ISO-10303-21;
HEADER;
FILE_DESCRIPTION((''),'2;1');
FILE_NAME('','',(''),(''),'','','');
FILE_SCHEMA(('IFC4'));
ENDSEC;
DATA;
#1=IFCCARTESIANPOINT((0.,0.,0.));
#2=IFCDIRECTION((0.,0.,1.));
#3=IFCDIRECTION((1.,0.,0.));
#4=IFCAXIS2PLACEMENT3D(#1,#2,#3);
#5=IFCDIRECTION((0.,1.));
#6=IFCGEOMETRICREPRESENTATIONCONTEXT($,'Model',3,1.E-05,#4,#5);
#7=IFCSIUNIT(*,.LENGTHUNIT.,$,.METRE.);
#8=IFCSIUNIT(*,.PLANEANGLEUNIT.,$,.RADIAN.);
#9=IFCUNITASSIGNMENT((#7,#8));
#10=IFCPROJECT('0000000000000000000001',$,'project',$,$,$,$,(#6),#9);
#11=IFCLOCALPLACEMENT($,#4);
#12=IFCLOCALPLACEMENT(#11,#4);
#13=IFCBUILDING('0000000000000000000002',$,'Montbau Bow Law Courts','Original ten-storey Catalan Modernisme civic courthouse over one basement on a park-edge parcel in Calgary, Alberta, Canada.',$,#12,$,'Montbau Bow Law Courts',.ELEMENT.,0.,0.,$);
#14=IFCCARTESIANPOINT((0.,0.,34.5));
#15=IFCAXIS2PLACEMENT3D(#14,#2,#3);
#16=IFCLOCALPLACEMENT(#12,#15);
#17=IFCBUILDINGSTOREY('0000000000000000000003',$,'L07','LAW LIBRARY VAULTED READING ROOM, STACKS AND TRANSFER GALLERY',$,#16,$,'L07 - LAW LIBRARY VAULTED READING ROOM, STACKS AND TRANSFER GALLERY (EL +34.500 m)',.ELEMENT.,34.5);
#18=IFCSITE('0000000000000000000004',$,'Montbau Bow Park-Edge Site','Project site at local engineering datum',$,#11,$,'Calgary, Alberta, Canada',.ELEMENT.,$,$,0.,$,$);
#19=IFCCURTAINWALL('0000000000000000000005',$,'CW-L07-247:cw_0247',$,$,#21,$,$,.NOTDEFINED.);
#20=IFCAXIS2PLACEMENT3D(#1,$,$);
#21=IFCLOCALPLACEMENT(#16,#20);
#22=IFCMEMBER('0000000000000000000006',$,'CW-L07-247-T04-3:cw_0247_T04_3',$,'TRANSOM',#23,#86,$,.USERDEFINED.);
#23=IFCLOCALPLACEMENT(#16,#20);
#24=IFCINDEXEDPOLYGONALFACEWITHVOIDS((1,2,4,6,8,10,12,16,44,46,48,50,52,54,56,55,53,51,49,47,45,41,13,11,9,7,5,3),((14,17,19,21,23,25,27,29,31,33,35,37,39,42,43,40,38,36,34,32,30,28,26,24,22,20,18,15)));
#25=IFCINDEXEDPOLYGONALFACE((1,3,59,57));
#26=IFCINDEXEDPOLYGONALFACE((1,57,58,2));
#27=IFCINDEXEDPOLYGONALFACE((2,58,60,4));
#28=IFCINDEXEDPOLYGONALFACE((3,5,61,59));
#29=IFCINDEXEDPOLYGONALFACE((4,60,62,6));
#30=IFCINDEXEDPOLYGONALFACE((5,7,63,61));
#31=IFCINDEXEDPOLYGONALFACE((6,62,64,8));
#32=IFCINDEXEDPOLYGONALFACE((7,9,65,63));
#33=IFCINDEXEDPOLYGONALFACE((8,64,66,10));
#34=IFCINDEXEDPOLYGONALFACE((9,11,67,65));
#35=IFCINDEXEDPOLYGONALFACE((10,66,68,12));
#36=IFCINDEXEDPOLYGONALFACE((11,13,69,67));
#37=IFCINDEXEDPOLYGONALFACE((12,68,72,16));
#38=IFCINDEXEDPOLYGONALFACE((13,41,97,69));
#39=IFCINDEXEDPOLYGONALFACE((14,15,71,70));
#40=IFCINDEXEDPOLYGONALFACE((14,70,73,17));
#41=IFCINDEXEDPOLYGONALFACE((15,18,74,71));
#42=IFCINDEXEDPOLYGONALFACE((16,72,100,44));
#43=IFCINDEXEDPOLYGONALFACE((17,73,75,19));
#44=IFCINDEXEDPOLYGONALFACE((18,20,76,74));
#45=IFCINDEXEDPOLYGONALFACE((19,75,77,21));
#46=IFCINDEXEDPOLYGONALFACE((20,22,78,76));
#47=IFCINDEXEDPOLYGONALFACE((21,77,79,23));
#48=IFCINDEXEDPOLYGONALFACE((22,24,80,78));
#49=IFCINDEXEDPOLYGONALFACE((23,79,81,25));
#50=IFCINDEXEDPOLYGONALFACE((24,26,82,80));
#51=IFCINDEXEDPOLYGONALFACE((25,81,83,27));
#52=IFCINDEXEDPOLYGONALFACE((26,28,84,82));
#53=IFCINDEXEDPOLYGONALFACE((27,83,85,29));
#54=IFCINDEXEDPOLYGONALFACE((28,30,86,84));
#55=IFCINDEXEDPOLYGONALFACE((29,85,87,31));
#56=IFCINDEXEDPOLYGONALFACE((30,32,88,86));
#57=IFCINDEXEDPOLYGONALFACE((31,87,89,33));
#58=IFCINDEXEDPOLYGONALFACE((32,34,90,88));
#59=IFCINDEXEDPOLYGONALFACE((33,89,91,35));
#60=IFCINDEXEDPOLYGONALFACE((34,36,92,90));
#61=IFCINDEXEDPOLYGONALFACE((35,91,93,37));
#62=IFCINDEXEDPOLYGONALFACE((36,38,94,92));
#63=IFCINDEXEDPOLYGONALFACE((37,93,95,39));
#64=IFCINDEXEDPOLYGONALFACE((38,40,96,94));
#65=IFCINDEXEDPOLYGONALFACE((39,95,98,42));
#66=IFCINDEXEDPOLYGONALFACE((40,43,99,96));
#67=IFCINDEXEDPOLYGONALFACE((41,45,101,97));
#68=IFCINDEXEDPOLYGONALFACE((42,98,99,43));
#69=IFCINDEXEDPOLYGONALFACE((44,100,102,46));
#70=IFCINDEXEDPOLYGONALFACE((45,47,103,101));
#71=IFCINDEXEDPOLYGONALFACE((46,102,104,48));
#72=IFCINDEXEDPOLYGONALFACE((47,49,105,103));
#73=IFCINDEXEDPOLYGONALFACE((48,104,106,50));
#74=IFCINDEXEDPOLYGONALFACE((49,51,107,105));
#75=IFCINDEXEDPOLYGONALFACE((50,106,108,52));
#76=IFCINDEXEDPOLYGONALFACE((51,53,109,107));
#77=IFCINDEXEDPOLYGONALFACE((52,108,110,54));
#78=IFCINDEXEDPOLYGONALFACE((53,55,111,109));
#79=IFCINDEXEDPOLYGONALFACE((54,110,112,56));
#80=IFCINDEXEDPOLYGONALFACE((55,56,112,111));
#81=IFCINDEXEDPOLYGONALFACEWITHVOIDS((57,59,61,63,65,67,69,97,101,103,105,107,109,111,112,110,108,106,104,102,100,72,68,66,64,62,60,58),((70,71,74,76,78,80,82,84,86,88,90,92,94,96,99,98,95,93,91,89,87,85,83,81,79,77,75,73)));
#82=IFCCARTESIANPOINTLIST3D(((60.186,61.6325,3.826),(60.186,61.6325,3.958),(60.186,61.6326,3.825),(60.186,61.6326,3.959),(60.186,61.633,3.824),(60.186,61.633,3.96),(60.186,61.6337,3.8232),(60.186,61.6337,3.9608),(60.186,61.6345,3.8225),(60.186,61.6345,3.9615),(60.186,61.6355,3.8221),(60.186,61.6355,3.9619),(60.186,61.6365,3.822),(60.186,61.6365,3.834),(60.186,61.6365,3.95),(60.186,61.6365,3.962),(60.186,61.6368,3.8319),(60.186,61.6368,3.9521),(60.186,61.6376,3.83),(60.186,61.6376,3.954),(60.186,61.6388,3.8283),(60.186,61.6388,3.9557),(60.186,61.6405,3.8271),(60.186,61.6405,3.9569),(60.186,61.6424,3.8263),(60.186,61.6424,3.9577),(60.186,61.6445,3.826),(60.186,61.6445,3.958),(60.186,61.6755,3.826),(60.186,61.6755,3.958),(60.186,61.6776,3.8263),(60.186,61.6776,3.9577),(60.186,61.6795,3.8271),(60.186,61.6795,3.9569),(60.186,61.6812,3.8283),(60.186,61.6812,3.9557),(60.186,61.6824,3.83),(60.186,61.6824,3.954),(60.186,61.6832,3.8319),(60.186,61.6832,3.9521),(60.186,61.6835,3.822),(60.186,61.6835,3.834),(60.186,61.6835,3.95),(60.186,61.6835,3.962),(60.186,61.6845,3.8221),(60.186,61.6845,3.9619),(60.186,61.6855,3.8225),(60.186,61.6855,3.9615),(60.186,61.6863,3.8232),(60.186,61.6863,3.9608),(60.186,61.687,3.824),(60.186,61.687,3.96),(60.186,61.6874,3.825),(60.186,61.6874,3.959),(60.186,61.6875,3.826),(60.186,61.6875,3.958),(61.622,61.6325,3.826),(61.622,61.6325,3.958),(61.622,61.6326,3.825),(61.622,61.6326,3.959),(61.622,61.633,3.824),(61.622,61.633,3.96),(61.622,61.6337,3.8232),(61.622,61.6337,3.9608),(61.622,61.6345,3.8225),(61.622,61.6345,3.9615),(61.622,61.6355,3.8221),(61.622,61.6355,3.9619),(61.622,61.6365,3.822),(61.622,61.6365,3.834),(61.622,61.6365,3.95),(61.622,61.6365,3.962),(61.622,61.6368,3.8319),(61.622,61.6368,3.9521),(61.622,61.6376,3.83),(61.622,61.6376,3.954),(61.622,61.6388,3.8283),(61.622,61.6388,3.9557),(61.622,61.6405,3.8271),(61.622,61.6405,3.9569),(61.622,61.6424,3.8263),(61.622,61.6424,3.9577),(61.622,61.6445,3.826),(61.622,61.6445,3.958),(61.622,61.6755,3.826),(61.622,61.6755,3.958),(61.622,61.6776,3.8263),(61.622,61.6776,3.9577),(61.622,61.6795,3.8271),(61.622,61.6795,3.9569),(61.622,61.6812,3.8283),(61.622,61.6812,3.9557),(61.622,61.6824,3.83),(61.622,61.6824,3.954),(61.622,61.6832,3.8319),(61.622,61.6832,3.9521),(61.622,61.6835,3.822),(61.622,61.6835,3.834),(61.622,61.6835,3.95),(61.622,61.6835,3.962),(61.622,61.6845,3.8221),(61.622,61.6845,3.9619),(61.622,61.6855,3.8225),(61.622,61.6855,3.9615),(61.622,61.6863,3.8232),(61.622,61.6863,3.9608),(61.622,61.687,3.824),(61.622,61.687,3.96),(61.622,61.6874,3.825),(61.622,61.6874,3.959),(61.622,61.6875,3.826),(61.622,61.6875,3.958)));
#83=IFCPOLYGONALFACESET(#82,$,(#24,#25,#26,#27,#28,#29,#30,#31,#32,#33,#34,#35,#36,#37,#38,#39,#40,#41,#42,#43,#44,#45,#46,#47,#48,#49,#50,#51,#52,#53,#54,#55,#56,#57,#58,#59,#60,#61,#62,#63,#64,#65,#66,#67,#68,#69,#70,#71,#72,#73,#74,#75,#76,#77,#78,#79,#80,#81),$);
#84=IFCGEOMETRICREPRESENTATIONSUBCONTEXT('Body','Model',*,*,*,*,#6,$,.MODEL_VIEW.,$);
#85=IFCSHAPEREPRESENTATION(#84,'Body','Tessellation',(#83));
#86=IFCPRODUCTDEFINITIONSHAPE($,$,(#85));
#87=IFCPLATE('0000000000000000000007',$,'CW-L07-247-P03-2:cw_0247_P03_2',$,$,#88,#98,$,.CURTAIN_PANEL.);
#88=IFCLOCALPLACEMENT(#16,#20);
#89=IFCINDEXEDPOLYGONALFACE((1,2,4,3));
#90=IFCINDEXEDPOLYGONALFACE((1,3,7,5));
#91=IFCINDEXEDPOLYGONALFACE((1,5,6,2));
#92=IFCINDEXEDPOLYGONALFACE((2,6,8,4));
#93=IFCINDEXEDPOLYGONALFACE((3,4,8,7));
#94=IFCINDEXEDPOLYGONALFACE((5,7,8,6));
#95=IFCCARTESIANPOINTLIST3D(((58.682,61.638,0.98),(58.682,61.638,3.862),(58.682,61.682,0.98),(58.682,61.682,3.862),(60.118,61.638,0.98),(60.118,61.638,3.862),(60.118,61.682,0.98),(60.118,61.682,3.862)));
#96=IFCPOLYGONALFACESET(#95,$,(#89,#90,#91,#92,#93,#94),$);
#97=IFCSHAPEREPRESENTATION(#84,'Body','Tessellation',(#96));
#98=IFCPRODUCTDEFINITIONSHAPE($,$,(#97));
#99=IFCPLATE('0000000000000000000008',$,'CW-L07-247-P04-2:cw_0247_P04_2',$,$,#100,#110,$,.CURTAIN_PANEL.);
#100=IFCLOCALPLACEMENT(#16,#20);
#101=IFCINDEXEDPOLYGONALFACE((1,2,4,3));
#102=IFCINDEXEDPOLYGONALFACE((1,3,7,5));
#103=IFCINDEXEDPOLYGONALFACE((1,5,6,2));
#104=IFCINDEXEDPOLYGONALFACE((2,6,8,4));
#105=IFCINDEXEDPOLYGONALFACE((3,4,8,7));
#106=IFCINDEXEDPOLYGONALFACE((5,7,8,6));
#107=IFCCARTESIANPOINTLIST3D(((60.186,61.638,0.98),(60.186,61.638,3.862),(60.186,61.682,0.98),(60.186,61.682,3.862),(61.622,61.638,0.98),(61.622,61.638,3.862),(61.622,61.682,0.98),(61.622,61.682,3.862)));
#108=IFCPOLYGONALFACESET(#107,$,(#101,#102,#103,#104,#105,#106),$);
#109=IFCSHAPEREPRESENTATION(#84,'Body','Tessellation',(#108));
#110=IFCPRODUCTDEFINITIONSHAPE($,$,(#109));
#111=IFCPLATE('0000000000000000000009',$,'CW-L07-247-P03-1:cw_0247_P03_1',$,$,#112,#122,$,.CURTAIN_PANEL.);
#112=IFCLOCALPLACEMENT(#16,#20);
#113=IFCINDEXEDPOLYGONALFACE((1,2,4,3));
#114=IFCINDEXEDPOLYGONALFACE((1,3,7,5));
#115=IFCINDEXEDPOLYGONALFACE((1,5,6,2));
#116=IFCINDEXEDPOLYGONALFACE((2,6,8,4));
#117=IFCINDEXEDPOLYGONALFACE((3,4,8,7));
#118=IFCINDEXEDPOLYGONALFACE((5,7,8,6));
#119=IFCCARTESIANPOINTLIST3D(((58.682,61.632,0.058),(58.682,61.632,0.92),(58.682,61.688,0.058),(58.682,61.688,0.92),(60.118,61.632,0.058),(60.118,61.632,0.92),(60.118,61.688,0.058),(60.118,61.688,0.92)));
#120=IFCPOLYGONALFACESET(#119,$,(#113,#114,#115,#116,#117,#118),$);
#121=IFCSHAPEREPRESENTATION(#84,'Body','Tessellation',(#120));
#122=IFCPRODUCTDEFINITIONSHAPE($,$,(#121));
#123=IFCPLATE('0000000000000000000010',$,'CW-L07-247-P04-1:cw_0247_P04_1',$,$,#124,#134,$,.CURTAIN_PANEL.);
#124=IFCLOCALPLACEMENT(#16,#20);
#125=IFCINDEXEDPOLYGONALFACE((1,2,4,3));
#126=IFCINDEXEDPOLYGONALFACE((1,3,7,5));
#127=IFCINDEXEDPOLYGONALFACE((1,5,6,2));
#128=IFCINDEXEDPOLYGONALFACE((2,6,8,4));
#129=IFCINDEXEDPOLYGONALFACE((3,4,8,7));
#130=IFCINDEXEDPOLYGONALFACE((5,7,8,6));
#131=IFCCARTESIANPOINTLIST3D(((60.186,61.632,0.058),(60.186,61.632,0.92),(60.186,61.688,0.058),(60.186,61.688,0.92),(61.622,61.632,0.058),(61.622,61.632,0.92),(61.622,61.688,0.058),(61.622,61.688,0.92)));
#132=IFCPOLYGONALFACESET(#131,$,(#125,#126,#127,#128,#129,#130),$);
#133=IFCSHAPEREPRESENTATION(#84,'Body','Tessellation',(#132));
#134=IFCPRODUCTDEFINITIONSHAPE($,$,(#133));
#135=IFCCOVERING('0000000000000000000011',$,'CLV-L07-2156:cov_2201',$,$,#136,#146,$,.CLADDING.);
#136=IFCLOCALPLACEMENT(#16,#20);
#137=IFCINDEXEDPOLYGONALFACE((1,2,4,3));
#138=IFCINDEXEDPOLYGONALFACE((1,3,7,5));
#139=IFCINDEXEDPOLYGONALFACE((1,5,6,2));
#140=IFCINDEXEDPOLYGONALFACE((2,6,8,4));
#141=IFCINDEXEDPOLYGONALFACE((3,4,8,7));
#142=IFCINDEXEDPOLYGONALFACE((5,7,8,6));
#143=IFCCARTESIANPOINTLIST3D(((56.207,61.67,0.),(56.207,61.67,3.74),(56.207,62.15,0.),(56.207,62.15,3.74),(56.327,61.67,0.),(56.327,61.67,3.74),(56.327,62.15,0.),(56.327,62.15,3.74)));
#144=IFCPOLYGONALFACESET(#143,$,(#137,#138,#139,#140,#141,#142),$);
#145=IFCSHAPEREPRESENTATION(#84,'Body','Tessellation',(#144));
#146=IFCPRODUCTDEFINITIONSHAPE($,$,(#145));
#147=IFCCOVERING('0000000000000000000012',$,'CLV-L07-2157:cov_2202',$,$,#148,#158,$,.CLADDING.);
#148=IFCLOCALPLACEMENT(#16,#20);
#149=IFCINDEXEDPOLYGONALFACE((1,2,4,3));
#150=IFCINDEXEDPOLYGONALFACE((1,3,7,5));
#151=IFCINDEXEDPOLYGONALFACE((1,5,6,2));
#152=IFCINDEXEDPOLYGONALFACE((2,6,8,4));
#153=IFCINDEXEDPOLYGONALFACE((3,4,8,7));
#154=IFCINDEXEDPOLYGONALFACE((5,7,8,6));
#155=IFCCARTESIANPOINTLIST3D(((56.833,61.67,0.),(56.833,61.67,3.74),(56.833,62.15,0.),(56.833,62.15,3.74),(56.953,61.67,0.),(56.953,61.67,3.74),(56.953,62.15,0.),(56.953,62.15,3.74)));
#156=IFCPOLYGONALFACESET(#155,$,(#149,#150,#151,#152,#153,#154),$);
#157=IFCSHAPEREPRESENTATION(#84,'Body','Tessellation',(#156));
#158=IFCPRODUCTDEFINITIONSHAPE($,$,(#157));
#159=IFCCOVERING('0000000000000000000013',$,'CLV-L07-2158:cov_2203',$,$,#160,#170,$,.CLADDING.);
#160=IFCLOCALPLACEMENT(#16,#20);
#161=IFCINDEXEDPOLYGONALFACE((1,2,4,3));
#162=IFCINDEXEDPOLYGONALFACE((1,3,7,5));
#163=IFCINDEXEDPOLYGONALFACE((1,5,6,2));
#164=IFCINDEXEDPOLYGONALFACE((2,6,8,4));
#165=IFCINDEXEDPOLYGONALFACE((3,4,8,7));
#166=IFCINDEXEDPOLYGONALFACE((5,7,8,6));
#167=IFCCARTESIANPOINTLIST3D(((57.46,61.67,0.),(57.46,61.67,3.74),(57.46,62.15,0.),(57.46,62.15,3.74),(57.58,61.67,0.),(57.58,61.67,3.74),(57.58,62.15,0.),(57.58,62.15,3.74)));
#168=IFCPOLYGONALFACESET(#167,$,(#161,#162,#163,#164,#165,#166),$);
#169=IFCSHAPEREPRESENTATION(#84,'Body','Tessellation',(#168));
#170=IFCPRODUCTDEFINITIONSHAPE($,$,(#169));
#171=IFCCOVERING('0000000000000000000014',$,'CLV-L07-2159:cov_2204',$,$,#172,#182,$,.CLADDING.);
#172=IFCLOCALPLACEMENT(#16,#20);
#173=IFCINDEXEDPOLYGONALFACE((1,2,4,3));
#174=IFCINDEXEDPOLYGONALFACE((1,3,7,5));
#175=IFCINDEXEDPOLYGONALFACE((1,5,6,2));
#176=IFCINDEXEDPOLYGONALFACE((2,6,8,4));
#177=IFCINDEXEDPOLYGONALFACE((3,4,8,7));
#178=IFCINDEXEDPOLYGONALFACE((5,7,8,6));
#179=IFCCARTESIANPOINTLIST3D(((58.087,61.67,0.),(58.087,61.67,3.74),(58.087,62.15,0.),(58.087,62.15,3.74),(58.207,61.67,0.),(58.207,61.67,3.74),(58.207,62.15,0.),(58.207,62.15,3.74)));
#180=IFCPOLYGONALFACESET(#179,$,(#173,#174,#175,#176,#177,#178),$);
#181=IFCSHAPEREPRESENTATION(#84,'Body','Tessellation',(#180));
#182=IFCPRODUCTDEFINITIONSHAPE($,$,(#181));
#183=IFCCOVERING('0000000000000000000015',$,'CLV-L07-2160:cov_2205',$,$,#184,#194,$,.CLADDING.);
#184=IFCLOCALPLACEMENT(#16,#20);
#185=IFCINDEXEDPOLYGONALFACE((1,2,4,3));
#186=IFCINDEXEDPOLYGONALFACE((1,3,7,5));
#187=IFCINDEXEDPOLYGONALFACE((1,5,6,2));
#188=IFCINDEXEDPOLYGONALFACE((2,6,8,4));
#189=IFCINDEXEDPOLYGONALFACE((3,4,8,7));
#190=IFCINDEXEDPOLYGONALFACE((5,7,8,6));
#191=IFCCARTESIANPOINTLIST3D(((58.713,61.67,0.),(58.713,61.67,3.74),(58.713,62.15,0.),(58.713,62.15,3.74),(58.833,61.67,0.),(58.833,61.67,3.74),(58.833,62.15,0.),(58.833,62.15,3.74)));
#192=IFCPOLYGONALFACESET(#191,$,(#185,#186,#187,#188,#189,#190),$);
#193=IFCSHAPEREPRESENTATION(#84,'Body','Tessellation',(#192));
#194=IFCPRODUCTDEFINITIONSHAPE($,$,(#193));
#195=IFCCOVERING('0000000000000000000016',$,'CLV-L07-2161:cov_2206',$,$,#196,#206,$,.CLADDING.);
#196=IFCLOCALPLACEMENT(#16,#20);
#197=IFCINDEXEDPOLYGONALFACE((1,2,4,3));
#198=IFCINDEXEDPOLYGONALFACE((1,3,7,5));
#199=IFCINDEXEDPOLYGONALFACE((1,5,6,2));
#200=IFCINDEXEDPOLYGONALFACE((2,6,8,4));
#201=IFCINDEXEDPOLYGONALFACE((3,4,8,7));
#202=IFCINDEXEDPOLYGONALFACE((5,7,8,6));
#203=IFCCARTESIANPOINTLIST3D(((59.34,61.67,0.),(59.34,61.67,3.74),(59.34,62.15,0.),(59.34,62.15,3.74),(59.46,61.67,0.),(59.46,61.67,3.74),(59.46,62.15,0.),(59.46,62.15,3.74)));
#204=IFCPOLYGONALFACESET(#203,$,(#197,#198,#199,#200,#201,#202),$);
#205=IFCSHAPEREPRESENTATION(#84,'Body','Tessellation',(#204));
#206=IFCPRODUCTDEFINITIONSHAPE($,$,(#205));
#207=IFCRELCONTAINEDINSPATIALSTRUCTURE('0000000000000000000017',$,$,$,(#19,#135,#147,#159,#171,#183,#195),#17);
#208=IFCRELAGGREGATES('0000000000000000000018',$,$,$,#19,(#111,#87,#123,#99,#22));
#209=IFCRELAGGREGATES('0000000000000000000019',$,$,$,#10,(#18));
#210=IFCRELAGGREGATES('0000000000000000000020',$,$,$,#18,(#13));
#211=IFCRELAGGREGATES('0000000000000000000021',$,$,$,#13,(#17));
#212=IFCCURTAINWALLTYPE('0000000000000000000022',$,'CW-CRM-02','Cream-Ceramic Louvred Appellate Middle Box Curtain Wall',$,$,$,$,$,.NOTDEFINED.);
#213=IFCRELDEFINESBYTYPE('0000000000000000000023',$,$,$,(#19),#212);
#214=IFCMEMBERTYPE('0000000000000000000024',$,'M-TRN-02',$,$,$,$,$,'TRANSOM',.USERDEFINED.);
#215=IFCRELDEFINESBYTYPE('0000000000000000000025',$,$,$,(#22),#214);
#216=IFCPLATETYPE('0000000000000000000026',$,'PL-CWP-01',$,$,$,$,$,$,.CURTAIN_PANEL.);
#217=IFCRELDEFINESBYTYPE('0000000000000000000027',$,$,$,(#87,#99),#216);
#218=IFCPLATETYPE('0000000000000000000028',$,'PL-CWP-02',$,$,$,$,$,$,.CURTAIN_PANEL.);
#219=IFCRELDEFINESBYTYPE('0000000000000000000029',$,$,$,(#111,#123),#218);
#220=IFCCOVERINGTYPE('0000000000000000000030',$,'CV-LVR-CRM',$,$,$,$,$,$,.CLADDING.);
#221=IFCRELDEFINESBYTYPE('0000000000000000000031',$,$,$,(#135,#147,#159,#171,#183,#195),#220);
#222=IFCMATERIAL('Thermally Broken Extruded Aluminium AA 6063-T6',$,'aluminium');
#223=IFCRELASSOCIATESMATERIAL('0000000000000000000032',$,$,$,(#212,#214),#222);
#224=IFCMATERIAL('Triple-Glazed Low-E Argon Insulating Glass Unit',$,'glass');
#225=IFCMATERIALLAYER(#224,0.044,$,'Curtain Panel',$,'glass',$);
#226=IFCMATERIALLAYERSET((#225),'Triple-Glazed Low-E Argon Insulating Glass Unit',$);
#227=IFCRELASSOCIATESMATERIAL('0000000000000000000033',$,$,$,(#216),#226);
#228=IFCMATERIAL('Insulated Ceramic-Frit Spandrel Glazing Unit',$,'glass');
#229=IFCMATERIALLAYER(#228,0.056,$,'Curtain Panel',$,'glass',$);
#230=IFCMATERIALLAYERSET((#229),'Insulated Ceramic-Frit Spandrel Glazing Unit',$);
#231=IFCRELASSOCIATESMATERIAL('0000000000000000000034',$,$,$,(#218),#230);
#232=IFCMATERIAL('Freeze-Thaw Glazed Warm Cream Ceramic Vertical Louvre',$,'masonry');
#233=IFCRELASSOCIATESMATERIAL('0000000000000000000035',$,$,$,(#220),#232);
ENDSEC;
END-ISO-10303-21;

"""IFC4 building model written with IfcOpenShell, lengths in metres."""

from ifc_helpers import new_model, si_unit, direction, frame, frame_2d, origin_with_axes, origin_2d_with_axis, place, context, subcontext, project, spatial, rectangle, hollow_rectangle, extrude, material, layer, layer_set, material_profile, profile_set, type_object, element, aggregate, save


model = new_model("IFC4")

# Units and contexts
model_context = context("Model", 3, precision=1e-05, world=origin_with_axes(), true_north=direction((0.0, 1.0)))
body_context = subcontext(model_context, "Body", "Model", "MODEL_VIEW")
ifc_project = project(units=[si_unit("LENGTHUNIT", "METRE"), si_unit("PLANEANGLEUNIT", "RADIAN")], contexts=[model_context])

# Site, building, storey
site_placement = place(None, origin_with_axes())
site = spatial("IfcSite", under=ifc_project, at=site_placement, Name="Montbau Bow Park-Edge Site", Description="Project site at local engineering datum", LongName="Calgary, Alberta, Canada", CompositionType="ELEMENT", RefElevation=0.0)
building_placement = place(site_placement, origin_with_axes())
building = spatial("IfcBuilding", under=site, at=building_placement, Name="Montbau Bow Law Courts", Description="Original ten-storey Catalan Modernisme civic courthouse over one basement on a park-edge parcel in Calgary, Alberta, Canada.", LongName="Montbau Bow Law Courts", CompositionType="ELEMENT", ElevationOfRefHeight=0.0, ElevationOfTerrain=0.0)
storey_placement = place(building_placement, frame((0.0, 0.0, 34.5), z_axis=(0.0, 0.0, 1.0), x_axis=(1.0, 0.0, 0.0)))
storey = spatial("IfcBuildingStorey", under=building, at=storey_placement, Name="L07", Description="LAW LIBRARY VAULTED READING ROOM, STACKS AND TRANSFER GALLERY", LongName="L07 - LAW LIBRARY VAULTED READING ROOM, STACKS AND TRANSFER GALLERY (EL +34.500 m)", CompositionType="ELEMENT", Elevation=34.5)

# Curtain wall, member, plates
ifc_material_1 = material(Name="Thermally Broken Extruded Aluminium AA 6063-T6", Category="aluminium")
curtain_wall_type = type_object("IfcCurtainWallType", Name="CW-CRM-02", Description="Cream-Ceramic Louvred Appellate Middle Box Curtain Wall", PredefinedType="NOTDEFINED", material=ifc_material_1)
curtain_wall_placement = place(None, frame((55.64, 61.66, 34.5), z_axis=(0.0, 0.0, 1.0), x_axis=(1.0, 0.0, 0.0)))
curtain_wall = element("IfcCurtainWall", 1, at=curtain_wall_placement, inside=storey, type_object=curtain_wall_type, Name="CW-L07-247:cw_0247", PredefinedType="NOTDEFINED")
ifc_material_profile_1 = material_profile(ifc_material_1, hollow_rectangle(XDim=0.055, YDim=0.14, WallThickness=0.004, InnerFilletRadius=0.008, OuterFilletRadius=0.004, at=origin_2d_with_axis()), Name="CWT-140X55", Category="Main", Priority=0)
ifc_profile_set_1 = profile_set([ifc_material_profile_1], Name="Thermally Broken Extruded Aluminium AA 6063-T6")
member_type_1 = type_object("IfcMemberType", Name="M-TRN-02", ElementType="TRANSOM", PredefinedType="USERDEFINED", material=ifc_profile_set_1)
member_1_placement = place(None, frame((60.186, 61.66, 38.392), z_axis=(1.0, 0.0, 0.0), x_axis=(0.0, 1.0, 0.0)))
member_1 = element("IfcMember", 2, at=member_1_placement, type_object=member_type_1, Name="CW-L07-247-T04-3:cw_0247_T04_3", ObjectType="TRANSOM", PredefinedType="USERDEFINED", context=body_context, shape_type="SweptSolid", body=[
    extrude(hollow_rectangle(XDim=0.055, YDim=0.14, WallThickness=0.004, InnerFilletRadius=0.008, OuterFilletRadius=0.004, at=origin_2d_with_axis()), origin_with_axes(), (0.0, 0.0, 1.0), 1.436),
])
ifc_material_2 = material(Name="Triple-Glazed Low-E Argon Insulating Glass Unit", Category="glass")
ifc_layer_1 = layer(ifc_material_2, 0.044, Name="Curtain Panel", Category="glass")
ifc_layer_set_1 = layer_set([ifc_layer_1], Name="Triple-Glazed Low-E Argon Insulating Glass Unit")
plate_type_1 = type_object("IfcPlateType", Name="PL-CWP-01", PredefinedType="CURTAIN_PANEL", material=ifc_layer_set_1)
plate_1_placement = place(None, frame((58.682, 61.66, 35.48), z_axis=(0.0, -1.0, 0.0), x_axis=(1.0, 0.0, 0.0)))
plate_1 = element("IfcPlate", 3, at=plate_1_placement, type_object=plate_type_1, Name="CW-L07-247-P03-2:cw_0247_P03_2", PredefinedType="CURTAIN_PANEL", context=body_context, shape_type="SweptSolid", body=[
    extrude(rectangle(XDim=1.436, YDim=2.882, at=frame_2d((0.718, 1.441), x_axis=(1.0, 0.0))), frame((0.0, 0.0, -0.022), z_axis=(0.0, 0.0, 1.0), x_axis=(1.0, 0.0, 0.0)), (0.0, 0.0, 1.0), 0.044),
])
plate_2_placement = place(None, frame((60.186, 61.66, 35.48), z_axis=(0.0, -1.0, 0.0), x_axis=(1.0, 0.0, 0.0)))
plate_2 = element("IfcPlate", 4, at=plate_2_placement, type_object=plate_type_1, Name="CW-L07-247-P04-2:cw_0247_P04_2", PredefinedType="CURTAIN_PANEL", context=body_context, shape_type="SweptSolid", body=[
    extrude(rectangle(XDim=1.436, YDim=2.882, at=frame_2d((0.718, 1.441), x_axis=(1.0, 0.0))), frame((0.0, 0.0, -0.022), z_axis=(0.0, 0.0, 1.0), x_axis=(1.0, 0.0, 0.0)), (0.0, 0.0, 1.0), 0.044),
])
ifc_material_3 = material(Name="Insulated Ceramic-Frit Spandrel Glazing Unit", Category="glass")
ifc_layer_2 = layer(ifc_material_3, 0.056, Name="Curtain Panel", Category="glass")
ifc_layer_set_2 = layer_set([ifc_layer_2], Name="Insulated Ceramic-Frit Spandrel Glazing Unit")
plate_type_2 = type_object("IfcPlateType", Name="PL-CWP-02", PredefinedType="CURTAIN_PANEL", material=ifc_layer_set_2)
plate_3_placement = place(None, frame((58.682, 61.66, 34.558), z_axis=(0.0, -1.0, 0.0), x_axis=(1.0, 0.0, 0.0)))
plate_3 = element("IfcPlate", 5, at=plate_3_placement, type_object=plate_type_2, Name="CW-L07-247-P03-1:cw_0247_P03_1", PredefinedType="CURTAIN_PANEL", context=body_context, shape_type="SweptSolid", body=[
    extrude(rectangle(XDim=1.436, YDim=0.862, at=frame_2d((0.718, 0.431), x_axis=(1.0, 0.0))), frame((0.0, 0.0, -0.028), z_axis=(0.0, 0.0, 1.0), x_axis=(1.0, 0.0, 0.0)), (0.0, 0.0, 1.0), 0.056),
])
plate_4_placement = place(None, frame((60.186, 61.66, 34.558), z_axis=(0.0, -1.0, 0.0), x_axis=(1.0, 0.0, 0.0)))
plate_4 = element("IfcPlate", 6, at=plate_4_placement, type_object=plate_type_2, Name="CW-L07-247-P04-1:cw_0247_P04_1", PredefinedType="CURTAIN_PANEL", context=body_context, shape_type="SweptSolid", body=[
    extrude(rectangle(XDim=1.436, YDim=0.862, at=frame_2d((0.718, 0.431), x_axis=(1.0, 0.0))), frame((0.0, 0.0, -0.028), z_axis=(0.0, 0.0, 1.0), x_axis=(1.0, 0.0, 0.0)), (0.0, 0.0, 1.0), 0.056),
])
aggregate(curtain_wall, [plate_3, plate_1, plate_4, plate_2, member_1])

# Coverings
ifc_material_4 = material(Name="Freeze-Thaw Glazed Warm Cream Ceramic Vertical Louvre", Category="masonry")
covering_type = type_object("IfcCoveringType", Name="CV-LVR-CRM", PredefinedType="CLADDING", material=ifc_material_4)
for number, where, z_axis, x_axis, name in (
    (7, (56.267, 61.67, 34.5), (1.0, 0.0, 0.0), (0.0, 1.0, 0.0), "CLV-L07-2156:cov_2201"),
    (8, (56.893, 61.67, 34.5), (1.0, 0.0, 0.0), (0.0, 1.0, 0.0), "CLV-L07-2157:cov_2202"),
    (9, (57.52, 61.67, 34.5), (1.0, 0.0, 0.0), (0.0, 1.0, 0.0), "CLV-L07-2158:cov_2203"),
    (10, (58.147, 61.67, 34.5), (1.0, 0.0, 0.0), (0.0, 1.0, 0.0), "CLV-L07-2159:cov_2204"),
    (11, (58.773, 61.67, 34.5), (1.0, 0.0, 0.0), (0.0, 1.0, 0.0), "CLV-L07-2160:cov_2205"),
    (12, (59.4, 61.67, 34.5), (1.0, 0.0, 0.0), (0.0, 1.0, 0.0), "CLV-L07-2161:cov_2206"),
):
    element("IfcCovering", number, at=place(None, frame(where, z_axis=z_axis, x_axis=x_axis)), inside=storey, type_object=covering_type, Name=name, PredefinedType="CLADDING", context=body_context, shape_type="SweptSolid", body=[
        extrude(rectangle(XDim=0.48, YDim=3.74, at=frame_2d((0.24, 1.87), x_axis=(1.0, 0.0))), frame((0.0, 0.0, -0.06), z_axis=(0.0, 0.0, 1.0), x_axis=(1.0, 0.0, 0.0)), (0.0, 0.0, 1.0), 0.12),
    ])

save(model, "model.ifc")
